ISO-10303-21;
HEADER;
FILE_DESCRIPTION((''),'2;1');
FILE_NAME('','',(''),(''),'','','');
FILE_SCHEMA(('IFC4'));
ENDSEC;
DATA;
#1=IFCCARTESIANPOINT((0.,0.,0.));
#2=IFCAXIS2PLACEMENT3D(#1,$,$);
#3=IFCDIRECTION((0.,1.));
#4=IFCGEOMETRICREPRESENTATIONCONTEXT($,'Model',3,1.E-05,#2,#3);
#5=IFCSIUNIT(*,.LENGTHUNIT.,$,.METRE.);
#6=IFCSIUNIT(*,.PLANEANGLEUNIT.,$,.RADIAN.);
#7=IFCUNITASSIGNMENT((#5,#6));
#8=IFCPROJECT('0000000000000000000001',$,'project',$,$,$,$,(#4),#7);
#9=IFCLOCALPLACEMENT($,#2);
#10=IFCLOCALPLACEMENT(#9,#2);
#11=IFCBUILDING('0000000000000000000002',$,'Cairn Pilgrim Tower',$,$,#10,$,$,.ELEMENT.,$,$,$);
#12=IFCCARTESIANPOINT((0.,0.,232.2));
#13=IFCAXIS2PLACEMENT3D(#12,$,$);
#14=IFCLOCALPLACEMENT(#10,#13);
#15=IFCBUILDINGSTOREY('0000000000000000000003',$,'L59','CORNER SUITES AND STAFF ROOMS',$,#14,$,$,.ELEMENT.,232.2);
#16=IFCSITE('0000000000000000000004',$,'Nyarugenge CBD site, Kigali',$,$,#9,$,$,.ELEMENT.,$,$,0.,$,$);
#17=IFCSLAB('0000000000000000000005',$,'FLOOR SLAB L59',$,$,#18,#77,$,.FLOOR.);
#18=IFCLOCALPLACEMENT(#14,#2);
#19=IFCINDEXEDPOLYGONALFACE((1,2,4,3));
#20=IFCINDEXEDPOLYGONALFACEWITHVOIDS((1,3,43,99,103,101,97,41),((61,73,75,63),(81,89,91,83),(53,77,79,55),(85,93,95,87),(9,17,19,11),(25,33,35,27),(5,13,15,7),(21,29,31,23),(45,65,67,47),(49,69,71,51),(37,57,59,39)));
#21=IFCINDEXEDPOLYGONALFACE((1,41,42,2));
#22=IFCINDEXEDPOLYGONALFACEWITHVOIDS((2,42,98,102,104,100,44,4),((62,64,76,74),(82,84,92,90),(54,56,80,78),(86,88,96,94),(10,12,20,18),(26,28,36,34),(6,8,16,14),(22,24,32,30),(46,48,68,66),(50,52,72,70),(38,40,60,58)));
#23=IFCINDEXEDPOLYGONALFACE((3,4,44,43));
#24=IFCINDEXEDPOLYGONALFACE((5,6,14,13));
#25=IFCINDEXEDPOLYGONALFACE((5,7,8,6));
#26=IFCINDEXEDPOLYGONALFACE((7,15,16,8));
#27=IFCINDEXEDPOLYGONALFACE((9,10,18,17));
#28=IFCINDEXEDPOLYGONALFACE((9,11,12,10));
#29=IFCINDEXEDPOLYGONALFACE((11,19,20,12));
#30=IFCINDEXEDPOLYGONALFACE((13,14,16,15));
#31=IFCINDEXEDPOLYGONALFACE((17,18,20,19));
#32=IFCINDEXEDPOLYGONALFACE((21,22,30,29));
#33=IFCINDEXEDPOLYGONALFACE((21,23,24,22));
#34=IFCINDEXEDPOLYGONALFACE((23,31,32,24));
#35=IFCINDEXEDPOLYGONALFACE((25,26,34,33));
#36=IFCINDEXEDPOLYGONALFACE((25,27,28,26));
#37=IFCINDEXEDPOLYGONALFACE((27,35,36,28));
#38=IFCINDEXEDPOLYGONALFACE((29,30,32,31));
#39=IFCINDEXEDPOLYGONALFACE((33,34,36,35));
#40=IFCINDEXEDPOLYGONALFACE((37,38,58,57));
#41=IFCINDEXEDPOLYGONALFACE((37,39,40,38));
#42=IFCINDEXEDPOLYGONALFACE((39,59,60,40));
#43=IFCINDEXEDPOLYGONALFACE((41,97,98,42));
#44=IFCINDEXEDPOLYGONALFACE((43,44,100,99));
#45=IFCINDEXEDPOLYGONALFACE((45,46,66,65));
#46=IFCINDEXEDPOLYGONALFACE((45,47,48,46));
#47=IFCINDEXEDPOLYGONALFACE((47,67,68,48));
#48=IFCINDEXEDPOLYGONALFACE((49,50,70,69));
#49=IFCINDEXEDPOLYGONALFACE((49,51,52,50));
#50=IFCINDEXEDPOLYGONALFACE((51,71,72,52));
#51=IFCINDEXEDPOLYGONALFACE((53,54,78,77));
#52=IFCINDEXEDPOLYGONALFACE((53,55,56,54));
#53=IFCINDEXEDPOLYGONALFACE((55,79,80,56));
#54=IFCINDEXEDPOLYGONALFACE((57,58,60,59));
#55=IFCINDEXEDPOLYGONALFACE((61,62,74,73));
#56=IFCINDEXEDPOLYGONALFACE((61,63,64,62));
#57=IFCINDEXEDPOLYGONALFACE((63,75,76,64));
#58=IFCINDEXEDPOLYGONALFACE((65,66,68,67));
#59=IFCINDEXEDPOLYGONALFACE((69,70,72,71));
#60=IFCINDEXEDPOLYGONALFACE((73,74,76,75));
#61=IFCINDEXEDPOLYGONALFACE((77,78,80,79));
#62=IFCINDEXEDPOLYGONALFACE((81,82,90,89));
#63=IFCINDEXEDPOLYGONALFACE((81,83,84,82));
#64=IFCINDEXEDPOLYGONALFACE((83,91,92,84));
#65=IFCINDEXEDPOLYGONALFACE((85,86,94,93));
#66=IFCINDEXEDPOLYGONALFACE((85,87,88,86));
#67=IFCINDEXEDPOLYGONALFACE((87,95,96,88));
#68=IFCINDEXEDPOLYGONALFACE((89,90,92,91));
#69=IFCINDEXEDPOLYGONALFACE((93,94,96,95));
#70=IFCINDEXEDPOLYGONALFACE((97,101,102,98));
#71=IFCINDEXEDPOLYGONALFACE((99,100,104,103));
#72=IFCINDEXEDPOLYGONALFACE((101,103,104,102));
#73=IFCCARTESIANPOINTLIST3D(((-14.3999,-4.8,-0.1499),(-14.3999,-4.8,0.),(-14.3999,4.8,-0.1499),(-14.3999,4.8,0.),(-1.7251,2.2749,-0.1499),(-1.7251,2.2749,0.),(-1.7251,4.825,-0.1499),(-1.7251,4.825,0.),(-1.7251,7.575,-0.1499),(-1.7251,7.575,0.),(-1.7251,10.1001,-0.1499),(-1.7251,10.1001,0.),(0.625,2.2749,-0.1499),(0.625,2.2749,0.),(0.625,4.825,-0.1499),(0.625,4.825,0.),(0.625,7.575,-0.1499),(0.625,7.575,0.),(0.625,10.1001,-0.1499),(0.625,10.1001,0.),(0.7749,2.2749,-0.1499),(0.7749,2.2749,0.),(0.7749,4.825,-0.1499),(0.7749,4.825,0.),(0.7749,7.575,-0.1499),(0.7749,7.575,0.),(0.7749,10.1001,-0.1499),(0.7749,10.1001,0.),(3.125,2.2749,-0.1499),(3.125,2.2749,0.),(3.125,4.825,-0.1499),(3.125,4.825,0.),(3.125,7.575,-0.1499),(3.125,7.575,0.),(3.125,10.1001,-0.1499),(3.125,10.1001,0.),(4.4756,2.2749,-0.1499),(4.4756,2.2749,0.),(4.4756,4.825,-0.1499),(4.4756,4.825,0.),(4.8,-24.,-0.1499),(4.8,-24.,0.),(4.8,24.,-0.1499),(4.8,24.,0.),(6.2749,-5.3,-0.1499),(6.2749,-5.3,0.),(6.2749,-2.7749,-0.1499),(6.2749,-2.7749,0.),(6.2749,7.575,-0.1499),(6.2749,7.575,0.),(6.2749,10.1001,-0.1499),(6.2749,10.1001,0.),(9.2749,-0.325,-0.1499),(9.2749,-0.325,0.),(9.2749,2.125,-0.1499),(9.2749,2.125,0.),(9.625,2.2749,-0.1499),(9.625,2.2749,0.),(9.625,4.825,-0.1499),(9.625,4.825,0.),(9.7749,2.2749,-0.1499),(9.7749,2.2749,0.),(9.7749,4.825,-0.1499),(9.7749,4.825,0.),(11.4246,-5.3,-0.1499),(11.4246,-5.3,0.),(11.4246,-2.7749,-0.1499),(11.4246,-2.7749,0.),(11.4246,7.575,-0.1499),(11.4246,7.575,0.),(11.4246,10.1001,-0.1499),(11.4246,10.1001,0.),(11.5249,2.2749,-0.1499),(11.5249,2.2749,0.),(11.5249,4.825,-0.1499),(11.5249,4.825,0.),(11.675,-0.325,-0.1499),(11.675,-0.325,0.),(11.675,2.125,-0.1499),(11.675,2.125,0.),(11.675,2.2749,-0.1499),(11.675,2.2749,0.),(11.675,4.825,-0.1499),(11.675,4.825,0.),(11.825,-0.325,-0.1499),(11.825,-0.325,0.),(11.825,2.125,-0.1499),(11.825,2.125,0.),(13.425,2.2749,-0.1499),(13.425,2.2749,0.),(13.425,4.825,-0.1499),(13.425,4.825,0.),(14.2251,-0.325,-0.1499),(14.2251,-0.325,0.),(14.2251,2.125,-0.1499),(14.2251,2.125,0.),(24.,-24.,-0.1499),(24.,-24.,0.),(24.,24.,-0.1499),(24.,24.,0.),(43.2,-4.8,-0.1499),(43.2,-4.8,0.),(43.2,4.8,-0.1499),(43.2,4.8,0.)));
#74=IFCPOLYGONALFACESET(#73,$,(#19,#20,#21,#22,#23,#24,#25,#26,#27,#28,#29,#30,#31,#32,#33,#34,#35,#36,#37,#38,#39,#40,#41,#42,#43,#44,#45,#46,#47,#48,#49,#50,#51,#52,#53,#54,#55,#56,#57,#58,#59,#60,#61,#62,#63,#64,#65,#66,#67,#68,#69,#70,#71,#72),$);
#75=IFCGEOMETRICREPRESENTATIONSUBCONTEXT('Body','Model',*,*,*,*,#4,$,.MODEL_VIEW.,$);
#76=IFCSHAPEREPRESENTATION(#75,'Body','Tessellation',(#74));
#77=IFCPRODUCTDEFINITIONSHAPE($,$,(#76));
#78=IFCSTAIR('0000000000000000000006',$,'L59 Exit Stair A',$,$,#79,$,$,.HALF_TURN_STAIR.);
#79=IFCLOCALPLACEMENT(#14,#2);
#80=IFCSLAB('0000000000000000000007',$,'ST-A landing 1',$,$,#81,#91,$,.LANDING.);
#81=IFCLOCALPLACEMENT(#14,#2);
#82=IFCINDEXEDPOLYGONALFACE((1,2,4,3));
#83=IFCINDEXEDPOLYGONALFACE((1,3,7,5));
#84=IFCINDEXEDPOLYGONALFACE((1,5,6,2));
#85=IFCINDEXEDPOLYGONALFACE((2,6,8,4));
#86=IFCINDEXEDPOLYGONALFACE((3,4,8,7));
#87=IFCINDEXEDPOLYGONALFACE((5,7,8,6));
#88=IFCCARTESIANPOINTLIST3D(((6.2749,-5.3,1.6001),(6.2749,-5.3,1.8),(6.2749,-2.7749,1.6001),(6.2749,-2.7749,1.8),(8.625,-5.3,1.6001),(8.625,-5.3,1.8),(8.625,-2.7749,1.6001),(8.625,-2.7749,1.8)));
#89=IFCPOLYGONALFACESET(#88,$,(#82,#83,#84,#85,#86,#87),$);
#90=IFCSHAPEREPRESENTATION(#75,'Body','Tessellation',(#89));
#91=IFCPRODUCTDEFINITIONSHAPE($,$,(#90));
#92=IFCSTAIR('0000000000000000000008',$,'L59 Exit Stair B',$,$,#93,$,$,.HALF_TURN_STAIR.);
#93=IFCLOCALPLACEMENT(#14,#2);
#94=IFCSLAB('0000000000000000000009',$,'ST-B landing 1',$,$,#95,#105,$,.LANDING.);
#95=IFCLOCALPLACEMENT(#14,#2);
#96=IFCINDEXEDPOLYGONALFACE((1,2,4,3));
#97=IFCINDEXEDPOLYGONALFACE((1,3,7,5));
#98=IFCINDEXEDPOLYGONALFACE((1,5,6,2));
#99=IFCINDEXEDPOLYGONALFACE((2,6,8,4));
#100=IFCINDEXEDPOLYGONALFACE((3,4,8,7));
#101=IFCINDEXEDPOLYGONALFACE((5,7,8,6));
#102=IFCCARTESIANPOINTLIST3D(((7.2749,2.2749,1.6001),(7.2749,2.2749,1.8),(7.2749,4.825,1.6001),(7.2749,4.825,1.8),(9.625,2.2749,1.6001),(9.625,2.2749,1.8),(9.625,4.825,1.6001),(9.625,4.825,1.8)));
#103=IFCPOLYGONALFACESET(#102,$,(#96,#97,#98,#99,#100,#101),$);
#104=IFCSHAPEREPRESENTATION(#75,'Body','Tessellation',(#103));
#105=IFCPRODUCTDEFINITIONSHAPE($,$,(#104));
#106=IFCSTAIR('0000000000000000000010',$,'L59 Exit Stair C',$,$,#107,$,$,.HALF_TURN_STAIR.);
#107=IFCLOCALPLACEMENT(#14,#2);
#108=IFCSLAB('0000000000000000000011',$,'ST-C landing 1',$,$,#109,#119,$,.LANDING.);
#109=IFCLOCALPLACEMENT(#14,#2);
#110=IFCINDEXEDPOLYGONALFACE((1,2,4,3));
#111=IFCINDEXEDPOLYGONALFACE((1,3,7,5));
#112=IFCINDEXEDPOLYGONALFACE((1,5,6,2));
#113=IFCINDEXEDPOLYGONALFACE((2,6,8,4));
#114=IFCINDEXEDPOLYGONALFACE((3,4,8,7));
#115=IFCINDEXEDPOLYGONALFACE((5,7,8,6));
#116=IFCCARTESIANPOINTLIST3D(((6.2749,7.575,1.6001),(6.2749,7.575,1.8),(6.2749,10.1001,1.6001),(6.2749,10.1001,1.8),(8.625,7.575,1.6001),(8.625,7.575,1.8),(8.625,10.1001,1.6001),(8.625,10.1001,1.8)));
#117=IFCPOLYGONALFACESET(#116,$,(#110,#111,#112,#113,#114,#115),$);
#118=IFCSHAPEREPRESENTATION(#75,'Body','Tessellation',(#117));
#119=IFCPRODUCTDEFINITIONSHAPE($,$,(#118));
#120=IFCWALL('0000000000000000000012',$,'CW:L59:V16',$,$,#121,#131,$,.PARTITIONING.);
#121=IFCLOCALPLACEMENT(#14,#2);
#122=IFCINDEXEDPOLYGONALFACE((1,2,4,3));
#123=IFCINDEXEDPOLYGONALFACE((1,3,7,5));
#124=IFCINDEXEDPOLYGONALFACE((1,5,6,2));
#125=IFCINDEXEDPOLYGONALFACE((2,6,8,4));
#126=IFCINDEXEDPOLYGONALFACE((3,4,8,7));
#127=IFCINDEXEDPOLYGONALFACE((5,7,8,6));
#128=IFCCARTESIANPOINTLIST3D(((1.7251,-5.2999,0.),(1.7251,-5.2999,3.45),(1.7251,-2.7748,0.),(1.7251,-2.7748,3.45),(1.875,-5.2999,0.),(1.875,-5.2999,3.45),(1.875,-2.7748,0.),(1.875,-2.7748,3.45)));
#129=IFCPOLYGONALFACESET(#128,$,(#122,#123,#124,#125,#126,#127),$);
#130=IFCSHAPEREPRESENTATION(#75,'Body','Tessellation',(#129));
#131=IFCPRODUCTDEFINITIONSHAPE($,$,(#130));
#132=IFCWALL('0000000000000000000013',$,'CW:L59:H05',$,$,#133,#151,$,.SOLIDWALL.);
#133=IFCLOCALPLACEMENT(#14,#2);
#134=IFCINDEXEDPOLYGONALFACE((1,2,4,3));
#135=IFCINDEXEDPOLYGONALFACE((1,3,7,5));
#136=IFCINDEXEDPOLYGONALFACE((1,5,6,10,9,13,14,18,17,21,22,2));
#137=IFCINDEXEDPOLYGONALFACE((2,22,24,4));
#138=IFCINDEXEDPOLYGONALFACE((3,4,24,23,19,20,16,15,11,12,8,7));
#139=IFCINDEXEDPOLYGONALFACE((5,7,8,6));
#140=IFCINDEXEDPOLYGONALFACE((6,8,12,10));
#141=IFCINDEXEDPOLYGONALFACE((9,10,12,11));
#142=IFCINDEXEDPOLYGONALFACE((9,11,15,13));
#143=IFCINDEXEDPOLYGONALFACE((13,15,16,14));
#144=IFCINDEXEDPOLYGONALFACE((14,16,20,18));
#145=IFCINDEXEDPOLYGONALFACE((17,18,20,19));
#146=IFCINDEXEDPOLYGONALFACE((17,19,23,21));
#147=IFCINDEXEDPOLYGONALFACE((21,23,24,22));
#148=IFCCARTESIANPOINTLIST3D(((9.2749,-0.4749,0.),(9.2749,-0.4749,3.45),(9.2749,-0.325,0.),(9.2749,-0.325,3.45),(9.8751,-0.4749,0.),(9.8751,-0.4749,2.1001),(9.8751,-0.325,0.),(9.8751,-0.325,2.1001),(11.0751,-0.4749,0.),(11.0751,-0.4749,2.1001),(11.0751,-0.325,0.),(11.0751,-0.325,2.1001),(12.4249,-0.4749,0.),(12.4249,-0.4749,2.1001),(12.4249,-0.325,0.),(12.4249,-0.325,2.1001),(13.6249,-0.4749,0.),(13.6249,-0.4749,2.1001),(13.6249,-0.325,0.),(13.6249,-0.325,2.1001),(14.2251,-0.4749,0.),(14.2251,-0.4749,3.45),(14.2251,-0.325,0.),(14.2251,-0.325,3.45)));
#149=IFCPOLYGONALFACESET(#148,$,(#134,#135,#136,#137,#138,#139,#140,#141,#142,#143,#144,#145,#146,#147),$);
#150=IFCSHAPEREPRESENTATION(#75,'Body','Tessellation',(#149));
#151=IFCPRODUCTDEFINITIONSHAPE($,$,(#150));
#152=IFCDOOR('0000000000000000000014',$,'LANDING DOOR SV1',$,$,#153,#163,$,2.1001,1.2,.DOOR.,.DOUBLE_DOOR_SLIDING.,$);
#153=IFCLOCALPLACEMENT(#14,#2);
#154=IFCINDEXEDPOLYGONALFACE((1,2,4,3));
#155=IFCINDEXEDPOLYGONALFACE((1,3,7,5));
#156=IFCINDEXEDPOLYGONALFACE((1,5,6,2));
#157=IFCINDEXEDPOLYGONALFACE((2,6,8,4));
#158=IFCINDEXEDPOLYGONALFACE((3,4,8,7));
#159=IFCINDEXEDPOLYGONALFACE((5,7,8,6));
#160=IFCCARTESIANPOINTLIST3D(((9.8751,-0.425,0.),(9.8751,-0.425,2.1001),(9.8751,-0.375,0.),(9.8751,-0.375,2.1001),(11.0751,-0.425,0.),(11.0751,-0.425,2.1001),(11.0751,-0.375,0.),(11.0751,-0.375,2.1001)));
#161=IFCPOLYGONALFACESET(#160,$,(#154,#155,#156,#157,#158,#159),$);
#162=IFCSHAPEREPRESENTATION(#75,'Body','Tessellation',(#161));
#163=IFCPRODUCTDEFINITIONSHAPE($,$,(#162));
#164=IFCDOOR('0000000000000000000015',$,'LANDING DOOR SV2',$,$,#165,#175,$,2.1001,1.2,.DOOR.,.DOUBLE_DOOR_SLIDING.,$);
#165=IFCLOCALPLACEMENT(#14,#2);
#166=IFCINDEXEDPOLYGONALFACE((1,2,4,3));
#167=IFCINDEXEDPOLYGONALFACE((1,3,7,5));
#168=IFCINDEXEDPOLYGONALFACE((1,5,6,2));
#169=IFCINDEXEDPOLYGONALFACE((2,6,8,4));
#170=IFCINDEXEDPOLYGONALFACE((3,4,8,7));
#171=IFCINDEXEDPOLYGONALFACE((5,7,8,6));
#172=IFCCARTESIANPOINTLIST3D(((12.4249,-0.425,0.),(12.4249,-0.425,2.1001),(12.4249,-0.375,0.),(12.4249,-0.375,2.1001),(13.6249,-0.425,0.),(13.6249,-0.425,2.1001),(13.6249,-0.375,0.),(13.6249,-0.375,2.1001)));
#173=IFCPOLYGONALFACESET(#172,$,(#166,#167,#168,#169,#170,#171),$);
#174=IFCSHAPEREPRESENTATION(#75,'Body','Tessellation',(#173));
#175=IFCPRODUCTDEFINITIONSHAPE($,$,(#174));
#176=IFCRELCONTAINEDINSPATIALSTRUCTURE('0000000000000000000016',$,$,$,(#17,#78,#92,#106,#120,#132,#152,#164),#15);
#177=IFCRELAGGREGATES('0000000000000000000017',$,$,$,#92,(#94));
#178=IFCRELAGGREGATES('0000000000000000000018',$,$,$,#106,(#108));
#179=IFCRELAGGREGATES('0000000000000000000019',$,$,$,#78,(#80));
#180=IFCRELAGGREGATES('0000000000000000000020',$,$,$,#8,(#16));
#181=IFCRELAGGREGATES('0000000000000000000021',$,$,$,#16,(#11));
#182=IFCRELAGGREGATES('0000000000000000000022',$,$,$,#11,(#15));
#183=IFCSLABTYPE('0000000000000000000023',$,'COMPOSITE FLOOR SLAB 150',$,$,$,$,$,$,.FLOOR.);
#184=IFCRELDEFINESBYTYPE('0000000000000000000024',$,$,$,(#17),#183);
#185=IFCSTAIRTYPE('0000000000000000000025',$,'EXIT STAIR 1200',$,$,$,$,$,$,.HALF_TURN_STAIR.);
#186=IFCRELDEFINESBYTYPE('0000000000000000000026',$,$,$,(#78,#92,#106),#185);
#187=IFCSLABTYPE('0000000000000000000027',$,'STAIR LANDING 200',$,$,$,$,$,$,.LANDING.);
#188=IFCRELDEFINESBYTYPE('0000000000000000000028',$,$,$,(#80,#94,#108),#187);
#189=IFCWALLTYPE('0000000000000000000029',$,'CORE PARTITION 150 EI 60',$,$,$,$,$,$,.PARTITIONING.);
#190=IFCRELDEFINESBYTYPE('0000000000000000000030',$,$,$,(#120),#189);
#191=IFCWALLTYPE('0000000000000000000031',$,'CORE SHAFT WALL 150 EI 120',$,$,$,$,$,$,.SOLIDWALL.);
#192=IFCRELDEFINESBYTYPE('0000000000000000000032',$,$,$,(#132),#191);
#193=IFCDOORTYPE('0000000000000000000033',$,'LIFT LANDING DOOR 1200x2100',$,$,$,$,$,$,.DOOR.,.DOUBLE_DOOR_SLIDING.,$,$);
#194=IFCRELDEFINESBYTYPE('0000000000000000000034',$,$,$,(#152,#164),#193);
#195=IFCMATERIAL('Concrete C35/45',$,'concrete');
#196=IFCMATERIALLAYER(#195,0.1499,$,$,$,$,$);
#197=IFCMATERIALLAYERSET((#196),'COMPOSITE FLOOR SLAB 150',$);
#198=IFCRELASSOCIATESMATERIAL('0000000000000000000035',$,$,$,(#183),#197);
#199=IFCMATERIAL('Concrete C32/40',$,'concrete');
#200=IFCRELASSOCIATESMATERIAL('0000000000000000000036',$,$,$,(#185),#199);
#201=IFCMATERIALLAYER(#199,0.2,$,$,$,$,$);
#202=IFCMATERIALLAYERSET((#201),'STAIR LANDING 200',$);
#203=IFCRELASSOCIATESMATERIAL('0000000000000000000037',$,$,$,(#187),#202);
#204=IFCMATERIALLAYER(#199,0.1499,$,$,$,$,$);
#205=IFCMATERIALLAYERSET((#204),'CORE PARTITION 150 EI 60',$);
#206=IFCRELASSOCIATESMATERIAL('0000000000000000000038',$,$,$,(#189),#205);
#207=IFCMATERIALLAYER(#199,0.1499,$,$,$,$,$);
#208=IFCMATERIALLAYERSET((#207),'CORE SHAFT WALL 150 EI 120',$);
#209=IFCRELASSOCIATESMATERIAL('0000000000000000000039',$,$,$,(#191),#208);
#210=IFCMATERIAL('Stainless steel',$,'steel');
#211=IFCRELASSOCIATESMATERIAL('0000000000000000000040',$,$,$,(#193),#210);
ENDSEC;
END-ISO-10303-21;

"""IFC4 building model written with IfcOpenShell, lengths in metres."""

from ifc_helpers import new_model, si_unit, direction, frame, frame_2d, origin, place, context, subcontext, project, spatial, polyline, rectangle, outline, extrude, material, layer, layer_set, type_object, element, fill, aggregate, save


model = new_model("IFC4")

# Units and contexts
model_context = context("Model", 3, precision=1e-05, world=origin(), true_north=direction((0.0, 1.0)))
body_context = subcontext(model_context, "Body", "Model", "MODEL_VIEW")
ifc_project = project(units=[si_unit("LENGTHUNIT", "METRE"), si_unit("PLANEANGLEUNIT", "RADIAN")], contexts=[model_context])

# Site, building, storey
site_placement = place(None, origin())
site = spatial("IfcSite", under=ifc_project, at=site_placement, Name="Nyarugenge CBD site, Kigali", CompositionType="ELEMENT", RefElevation=0.0)
building_placement = place(site_placement, origin())
building = spatial("IfcBuilding", under=site, at=building_placement, Name="Cairn Pilgrim Tower", CompositionType="ELEMENT")
storey_placement = place(building_placement, frame((0.0, 0.0, 232.2)))
storey = spatial("IfcBuildingStorey", under=building, at=storey_placement, Name="L59", Description="CORNER SUITES AND STAFF ROOMS", CompositionType="ELEMENT", Elevation=232.2)

# Slab
ifc_material_1 = material(Name="Concrete C35/45", Category="concrete")
ifc_layer_1 = layer(ifc_material_1, 0.1499)
ifc_layer_set_1 = layer_set([ifc_layer_1], Name="COMPOSITE FLOOR SLAB 150")
slab_type_1 = type_object("IfcSlabType", Name="COMPOSITE FLOOR SLAB 150", PredefinedType="FLOOR", material=ifc_layer_set_1)
slab_1_placement = place(storey_placement, frame((0.0, 0.0, -0.1499)))
element("IfcSlab", 1, at=slab_1_placement, inside=storey, type_object=slab_type_1, Name="FLOOR SLAB L59", PredefinedType="FLOOR", context=body_context, shape_type="SweptSolid", body=[
    extrude(outline(polyline([(4.8, -24.0), (24.0, -24.0), (43.2, -4.8), (43.2, 4.8), (24.0, 24.0), (4.8, 24.0), (-14.3999, 4.8), (-14.3999, -4.8), (4.8, -24.0)]), holes=[polyline([(9.2749, -0.325), (11.675, -0.325), (11.675, 2.125), (9.2749, 2.125), (9.2749, -0.325)]), polyline([(11.825, -0.325), (14.2251, -0.325), (14.2251, 2.125), (11.825, 2.125), (11.825, -0.325)]), polyline([(-1.7251, 2.2749), (0.625, 2.2749), (0.625, 4.825), (-1.7251, 4.825), (-1.7251, 2.2749)]), polyline([(0.7749, 2.2749), (3.125, 2.2749), (3.125, 4.825), (0.7749, 4.825), (0.7749, 2.2749)]), polyline([(-1.7251, 7.575), (0.625, 7.575), (0.625, 10.1001), (-1.7251, 10.1001), (-1.7251, 7.575)]), polyline([(0.7749, 7.575), (3.125, 7.575), (3.125, 10.1001), (0.7749, 10.1001), (0.7749, 7.575)]), polyline([(9.7749, 2.2749), (11.5249, 2.2749), (11.5249, 4.825), (9.7749, 4.825), (9.7749, 2.2749)]), polyline([(11.675, 2.2749), (13.425, 2.2749), (13.425, 4.825), (11.675, 4.825), (11.675, 2.2749)]), polyline([(11.4246, -2.7749), (6.2749, -2.7749), (6.2749, -5.3), (11.4246, -5.3), (11.4246, -2.7749)]), polyline([(4.4756, 2.2749), (9.625, 2.2749), (9.625, 4.825), (4.4756, 4.825), (4.4756, 2.2749)]), polyline([(11.4246, 10.1001), (6.2749, 10.1001), (6.2749, 7.575), (11.4246, 7.575), (11.4246, 10.1001)])]), origin(), (0.0, 0.0, 1.0), 0.1499),
])

# Stairs, slabs
ifc_material_2 = material(Name="Concrete C32/40", Category="concrete")
stair_type = type_object("IfcStairType", Name="EXIT STAIR 1200", PredefinedType="HALF_TURN_STAIR", material=ifc_material_2)
stair_1_placement = place(storey_placement, origin())
stair_1 = element("IfcStair", 2, at=stair_1_placement, inside=storey, type_object=stair_type, Name="L59 Exit Stair A", PredefinedType="HALF_TURN_STAIR")
ifc_layer_2 = layer(ifc_material_2, 0.2)
ifc_layer_set_2 = layer_set([ifc_layer_2], Name="STAIR LANDING 200")
slab_type_2 = type_object("IfcSlabType", Name="STAIR LANDING 200", PredefinedType="LANDING", material=ifc_layer_set_2)
slab_2_placement = place(storey_placement, frame((0.0, 0.0, 1.6001)))
slab_2 = element("IfcSlab", 3, at=slab_2_placement, type_object=slab_type_2, Name="ST-A landing 1", PredefinedType="LANDING", context=body_context, shape_type="SweptSolid", body=[
    extrude(outline(polyline([(8.625, -2.7749), (6.2749, -2.7749), (6.2749, -5.3), (8.625, -5.3), (8.625, -2.7749)])), origin(), (0.0, 0.0, 1.0), 0.2),
])
stair_2_placement = place(storey_placement, origin())
stair_2 = element("IfcStair", 4, at=stair_2_placement, inside=storey, type_object=stair_type, Name="L59 Exit Stair B", PredefinedType="HALF_TURN_STAIR")
slab_3_placement = place(storey_placement, frame((0.0, 0.0, 1.6001)))
slab_3 = element("IfcSlab", 5, at=slab_3_placement, type_object=slab_type_2, Name="ST-B landing 1", PredefinedType="LANDING", context=body_context, shape_type="SweptSolid", body=[
    extrude(outline(polyline([(7.2749, 2.2749), (9.625, 2.2749), (9.625, 4.825), (7.2749, 4.825), (7.2749, 2.2749)])), origin(), (0.0, 0.0, 1.0), 0.2),
])
aggregate(stair_2, [slab_3])
stair_3_placement = place(storey_placement, origin())
stair_3 = element("IfcStair", 6, at=stair_3_placement, inside=storey, type_object=stair_type, Name="L59 Exit Stair C", PredefinedType="HALF_TURN_STAIR")
slab_4_placement = place(storey_placement, frame((0.0, 0.0, 1.6001)))
slab_4 = element("IfcSlab", 7, at=slab_4_placement, type_object=slab_type_2, Name="ST-C landing 1", PredefinedType="LANDING", context=body_context, shape_type="SweptSolid", body=[
    extrude(outline(polyline([(8.625, 10.1001), (6.2749, 10.1001), (6.2749, 7.575), (8.625, 7.575), (8.625, 10.1001)])), origin(), (0.0, 0.0, 1.0), 0.2),
])
aggregate(stair_3, [slab_4])

# Wall
ifc_layer_3 = layer(ifc_material_2, 0.1499)
ifc_layer_set_3 = layer_set([ifc_layer_3], Name="CORE PARTITION 150 EI 60")
wall_type_1 = type_object("IfcWallType", Name="CORE PARTITION 150 EI 60", PredefinedType="PARTITIONING", material=ifc_layer_set_3)
wall_1_placement = place(storey_placement, frame((1.8, -5.3, 0.0), z_axis=(0.0, 0.0, 1.0), x_axis=(0.0, 1.0, 0.0)))
element("IfcWall", 8, at=wall_1_placement, inside=storey, type_object=wall_type_1, Name="CW:L59:V16", PredefinedType="PARTITIONING", context=body_context, shape_type="SweptSolid", body=[
    extrude(rectangle(XDim=2.5251, YDim=0.1499, at=frame_2d((1.2627, 0.0))), origin(), (0.0, 0.0, 1.0), 3.45),
])

# Wall, openings, doors
ifc_layer_4 = layer(ifc_material_2, 0.1499)
ifc_layer_set_4 = layer_set([ifc_layer_4], Name="CORE SHAFT WALL 150 EI 120")
wall_type_2 = type_object("IfcWallType", Name="CORE SHAFT WALL 150 EI 120", PredefinedType="SOLIDWALL", material=ifc_layer_set_4)
wall_2_placement = place(storey_placement, frame((9.2749, -0.3999, 0.0), z_axis=(0.0, 0.0, 1.0), x_axis=(1.0, 0.0, 0.0)))
wall_2 = element("IfcWall", 9, at=wall_2_placement, inside=storey, type_object=wall_type_2, Name="CW:L59:H05", PredefinedType="SOLIDWALL", context=body_context, shape_type="SweptSolid", body=[
    extrude(rectangle(XDim=4.9502, YDim=0.1499, at=frame_2d((2.4751, 0.0))), origin(), (0.0, 0.0, 1.0), 3.45),
])
opening_1_placement = place(wall_2_placement, frame((0.6001, 0.0, 0.0)))
opening_1 = element("IfcOpeningElement", 10, at=opening_1_placement, cuts=wall_2, PredefinedType="OPENING", context=body_context, shape_type="SweptSolid", body=[
    extrude(rectangle(XDim=1.2, YDim=2.1001, at=frame_2d((0.6001, 1.05))), frame((0.0, 0.085, 0.0), z_axis=(0.0, -1.0, 0.0), x_axis=(1.0, 0.0, 0.0)), (0.0, 0.0, 1.0), 0.1699),
])
opening_2_placement = place(wall_2_placement, frame((3.1499, 0.0, 0.0)))
opening_2 = element("IfcOpeningElement", 11, at=opening_2_placement, cuts=wall_2, PredefinedType="OPENING", context=body_context, shape_type="SweptSolid", body=[
    extrude(rectangle(XDim=1.2, YDim=2.1001, at=frame_2d((0.6001, 1.05))), frame((0.0, 0.085, 0.0), z_axis=(0.0, -1.0, 0.0), x_axis=(1.0, 0.0, 0.0)), (0.0, 0.0, 1.0), 0.1699),
])
ifc_material_3 = material(Name="Stainless steel", Category="steel")
door_type_1 = type_object("IfcDoorType", Name="LIFT LANDING DOOR 1200x2100", OperationType="DOUBLE_DOOR_SLIDING", PredefinedType="DOOR", material=ifc_material_3)
door_1_placement = place(opening_1_placement, origin())
door_1 = element("IfcDoor", 12, at=door_1_placement, inside=storey, type_object=door_type_1, Name="LANDING DOOR SV1", OperationType="DOUBLE_DOOR_SLIDING", OverallHeight=2.1001, OverallWidth=1.2, PredefinedType="DOOR", context=body_context, shape_type="SweptSolid", body=[
    extrude(rectangle(XDim=1.2, YDim=2.1001, at=frame_2d((0.6001, 1.05))), frame((0.0, 0.0249, 0.0), z_axis=(0.0, -1.0, 0.0), x_axis=(1.0, 0.0, 0.0)), (0.0, 0.0, 1.0), 0.05),
])
fill(opening_1, door_1)
door_2_placement = place(opening_2_placement, origin())
door_2 = element("IfcDoor", 13, at=door_2_placement, inside=storey, type_object=door_type_1, Name="LANDING DOOR SV2", OperationType="DOUBLE_DOOR_SLIDING", OverallHeight=2.1001, OverallWidth=1.2, PredefinedType="DOOR", context=body_context, shape_type="SweptSolid", body=[
    extrude(rectangle(XDim=1.2, YDim=2.1001, at=frame_2d((0.6001, 1.05))), frame((0.0, 0.0249, 0.0), z_axis=(0.0, -1.0, 0.0), x_axis=(1.0, 0.0, 0.0)), (0.0, 0.0, 1.0), 0.05),
])
fill(opening_2, door_2)

aggregate(stair_1, [slab_2])

save(model, "model.ifc")
